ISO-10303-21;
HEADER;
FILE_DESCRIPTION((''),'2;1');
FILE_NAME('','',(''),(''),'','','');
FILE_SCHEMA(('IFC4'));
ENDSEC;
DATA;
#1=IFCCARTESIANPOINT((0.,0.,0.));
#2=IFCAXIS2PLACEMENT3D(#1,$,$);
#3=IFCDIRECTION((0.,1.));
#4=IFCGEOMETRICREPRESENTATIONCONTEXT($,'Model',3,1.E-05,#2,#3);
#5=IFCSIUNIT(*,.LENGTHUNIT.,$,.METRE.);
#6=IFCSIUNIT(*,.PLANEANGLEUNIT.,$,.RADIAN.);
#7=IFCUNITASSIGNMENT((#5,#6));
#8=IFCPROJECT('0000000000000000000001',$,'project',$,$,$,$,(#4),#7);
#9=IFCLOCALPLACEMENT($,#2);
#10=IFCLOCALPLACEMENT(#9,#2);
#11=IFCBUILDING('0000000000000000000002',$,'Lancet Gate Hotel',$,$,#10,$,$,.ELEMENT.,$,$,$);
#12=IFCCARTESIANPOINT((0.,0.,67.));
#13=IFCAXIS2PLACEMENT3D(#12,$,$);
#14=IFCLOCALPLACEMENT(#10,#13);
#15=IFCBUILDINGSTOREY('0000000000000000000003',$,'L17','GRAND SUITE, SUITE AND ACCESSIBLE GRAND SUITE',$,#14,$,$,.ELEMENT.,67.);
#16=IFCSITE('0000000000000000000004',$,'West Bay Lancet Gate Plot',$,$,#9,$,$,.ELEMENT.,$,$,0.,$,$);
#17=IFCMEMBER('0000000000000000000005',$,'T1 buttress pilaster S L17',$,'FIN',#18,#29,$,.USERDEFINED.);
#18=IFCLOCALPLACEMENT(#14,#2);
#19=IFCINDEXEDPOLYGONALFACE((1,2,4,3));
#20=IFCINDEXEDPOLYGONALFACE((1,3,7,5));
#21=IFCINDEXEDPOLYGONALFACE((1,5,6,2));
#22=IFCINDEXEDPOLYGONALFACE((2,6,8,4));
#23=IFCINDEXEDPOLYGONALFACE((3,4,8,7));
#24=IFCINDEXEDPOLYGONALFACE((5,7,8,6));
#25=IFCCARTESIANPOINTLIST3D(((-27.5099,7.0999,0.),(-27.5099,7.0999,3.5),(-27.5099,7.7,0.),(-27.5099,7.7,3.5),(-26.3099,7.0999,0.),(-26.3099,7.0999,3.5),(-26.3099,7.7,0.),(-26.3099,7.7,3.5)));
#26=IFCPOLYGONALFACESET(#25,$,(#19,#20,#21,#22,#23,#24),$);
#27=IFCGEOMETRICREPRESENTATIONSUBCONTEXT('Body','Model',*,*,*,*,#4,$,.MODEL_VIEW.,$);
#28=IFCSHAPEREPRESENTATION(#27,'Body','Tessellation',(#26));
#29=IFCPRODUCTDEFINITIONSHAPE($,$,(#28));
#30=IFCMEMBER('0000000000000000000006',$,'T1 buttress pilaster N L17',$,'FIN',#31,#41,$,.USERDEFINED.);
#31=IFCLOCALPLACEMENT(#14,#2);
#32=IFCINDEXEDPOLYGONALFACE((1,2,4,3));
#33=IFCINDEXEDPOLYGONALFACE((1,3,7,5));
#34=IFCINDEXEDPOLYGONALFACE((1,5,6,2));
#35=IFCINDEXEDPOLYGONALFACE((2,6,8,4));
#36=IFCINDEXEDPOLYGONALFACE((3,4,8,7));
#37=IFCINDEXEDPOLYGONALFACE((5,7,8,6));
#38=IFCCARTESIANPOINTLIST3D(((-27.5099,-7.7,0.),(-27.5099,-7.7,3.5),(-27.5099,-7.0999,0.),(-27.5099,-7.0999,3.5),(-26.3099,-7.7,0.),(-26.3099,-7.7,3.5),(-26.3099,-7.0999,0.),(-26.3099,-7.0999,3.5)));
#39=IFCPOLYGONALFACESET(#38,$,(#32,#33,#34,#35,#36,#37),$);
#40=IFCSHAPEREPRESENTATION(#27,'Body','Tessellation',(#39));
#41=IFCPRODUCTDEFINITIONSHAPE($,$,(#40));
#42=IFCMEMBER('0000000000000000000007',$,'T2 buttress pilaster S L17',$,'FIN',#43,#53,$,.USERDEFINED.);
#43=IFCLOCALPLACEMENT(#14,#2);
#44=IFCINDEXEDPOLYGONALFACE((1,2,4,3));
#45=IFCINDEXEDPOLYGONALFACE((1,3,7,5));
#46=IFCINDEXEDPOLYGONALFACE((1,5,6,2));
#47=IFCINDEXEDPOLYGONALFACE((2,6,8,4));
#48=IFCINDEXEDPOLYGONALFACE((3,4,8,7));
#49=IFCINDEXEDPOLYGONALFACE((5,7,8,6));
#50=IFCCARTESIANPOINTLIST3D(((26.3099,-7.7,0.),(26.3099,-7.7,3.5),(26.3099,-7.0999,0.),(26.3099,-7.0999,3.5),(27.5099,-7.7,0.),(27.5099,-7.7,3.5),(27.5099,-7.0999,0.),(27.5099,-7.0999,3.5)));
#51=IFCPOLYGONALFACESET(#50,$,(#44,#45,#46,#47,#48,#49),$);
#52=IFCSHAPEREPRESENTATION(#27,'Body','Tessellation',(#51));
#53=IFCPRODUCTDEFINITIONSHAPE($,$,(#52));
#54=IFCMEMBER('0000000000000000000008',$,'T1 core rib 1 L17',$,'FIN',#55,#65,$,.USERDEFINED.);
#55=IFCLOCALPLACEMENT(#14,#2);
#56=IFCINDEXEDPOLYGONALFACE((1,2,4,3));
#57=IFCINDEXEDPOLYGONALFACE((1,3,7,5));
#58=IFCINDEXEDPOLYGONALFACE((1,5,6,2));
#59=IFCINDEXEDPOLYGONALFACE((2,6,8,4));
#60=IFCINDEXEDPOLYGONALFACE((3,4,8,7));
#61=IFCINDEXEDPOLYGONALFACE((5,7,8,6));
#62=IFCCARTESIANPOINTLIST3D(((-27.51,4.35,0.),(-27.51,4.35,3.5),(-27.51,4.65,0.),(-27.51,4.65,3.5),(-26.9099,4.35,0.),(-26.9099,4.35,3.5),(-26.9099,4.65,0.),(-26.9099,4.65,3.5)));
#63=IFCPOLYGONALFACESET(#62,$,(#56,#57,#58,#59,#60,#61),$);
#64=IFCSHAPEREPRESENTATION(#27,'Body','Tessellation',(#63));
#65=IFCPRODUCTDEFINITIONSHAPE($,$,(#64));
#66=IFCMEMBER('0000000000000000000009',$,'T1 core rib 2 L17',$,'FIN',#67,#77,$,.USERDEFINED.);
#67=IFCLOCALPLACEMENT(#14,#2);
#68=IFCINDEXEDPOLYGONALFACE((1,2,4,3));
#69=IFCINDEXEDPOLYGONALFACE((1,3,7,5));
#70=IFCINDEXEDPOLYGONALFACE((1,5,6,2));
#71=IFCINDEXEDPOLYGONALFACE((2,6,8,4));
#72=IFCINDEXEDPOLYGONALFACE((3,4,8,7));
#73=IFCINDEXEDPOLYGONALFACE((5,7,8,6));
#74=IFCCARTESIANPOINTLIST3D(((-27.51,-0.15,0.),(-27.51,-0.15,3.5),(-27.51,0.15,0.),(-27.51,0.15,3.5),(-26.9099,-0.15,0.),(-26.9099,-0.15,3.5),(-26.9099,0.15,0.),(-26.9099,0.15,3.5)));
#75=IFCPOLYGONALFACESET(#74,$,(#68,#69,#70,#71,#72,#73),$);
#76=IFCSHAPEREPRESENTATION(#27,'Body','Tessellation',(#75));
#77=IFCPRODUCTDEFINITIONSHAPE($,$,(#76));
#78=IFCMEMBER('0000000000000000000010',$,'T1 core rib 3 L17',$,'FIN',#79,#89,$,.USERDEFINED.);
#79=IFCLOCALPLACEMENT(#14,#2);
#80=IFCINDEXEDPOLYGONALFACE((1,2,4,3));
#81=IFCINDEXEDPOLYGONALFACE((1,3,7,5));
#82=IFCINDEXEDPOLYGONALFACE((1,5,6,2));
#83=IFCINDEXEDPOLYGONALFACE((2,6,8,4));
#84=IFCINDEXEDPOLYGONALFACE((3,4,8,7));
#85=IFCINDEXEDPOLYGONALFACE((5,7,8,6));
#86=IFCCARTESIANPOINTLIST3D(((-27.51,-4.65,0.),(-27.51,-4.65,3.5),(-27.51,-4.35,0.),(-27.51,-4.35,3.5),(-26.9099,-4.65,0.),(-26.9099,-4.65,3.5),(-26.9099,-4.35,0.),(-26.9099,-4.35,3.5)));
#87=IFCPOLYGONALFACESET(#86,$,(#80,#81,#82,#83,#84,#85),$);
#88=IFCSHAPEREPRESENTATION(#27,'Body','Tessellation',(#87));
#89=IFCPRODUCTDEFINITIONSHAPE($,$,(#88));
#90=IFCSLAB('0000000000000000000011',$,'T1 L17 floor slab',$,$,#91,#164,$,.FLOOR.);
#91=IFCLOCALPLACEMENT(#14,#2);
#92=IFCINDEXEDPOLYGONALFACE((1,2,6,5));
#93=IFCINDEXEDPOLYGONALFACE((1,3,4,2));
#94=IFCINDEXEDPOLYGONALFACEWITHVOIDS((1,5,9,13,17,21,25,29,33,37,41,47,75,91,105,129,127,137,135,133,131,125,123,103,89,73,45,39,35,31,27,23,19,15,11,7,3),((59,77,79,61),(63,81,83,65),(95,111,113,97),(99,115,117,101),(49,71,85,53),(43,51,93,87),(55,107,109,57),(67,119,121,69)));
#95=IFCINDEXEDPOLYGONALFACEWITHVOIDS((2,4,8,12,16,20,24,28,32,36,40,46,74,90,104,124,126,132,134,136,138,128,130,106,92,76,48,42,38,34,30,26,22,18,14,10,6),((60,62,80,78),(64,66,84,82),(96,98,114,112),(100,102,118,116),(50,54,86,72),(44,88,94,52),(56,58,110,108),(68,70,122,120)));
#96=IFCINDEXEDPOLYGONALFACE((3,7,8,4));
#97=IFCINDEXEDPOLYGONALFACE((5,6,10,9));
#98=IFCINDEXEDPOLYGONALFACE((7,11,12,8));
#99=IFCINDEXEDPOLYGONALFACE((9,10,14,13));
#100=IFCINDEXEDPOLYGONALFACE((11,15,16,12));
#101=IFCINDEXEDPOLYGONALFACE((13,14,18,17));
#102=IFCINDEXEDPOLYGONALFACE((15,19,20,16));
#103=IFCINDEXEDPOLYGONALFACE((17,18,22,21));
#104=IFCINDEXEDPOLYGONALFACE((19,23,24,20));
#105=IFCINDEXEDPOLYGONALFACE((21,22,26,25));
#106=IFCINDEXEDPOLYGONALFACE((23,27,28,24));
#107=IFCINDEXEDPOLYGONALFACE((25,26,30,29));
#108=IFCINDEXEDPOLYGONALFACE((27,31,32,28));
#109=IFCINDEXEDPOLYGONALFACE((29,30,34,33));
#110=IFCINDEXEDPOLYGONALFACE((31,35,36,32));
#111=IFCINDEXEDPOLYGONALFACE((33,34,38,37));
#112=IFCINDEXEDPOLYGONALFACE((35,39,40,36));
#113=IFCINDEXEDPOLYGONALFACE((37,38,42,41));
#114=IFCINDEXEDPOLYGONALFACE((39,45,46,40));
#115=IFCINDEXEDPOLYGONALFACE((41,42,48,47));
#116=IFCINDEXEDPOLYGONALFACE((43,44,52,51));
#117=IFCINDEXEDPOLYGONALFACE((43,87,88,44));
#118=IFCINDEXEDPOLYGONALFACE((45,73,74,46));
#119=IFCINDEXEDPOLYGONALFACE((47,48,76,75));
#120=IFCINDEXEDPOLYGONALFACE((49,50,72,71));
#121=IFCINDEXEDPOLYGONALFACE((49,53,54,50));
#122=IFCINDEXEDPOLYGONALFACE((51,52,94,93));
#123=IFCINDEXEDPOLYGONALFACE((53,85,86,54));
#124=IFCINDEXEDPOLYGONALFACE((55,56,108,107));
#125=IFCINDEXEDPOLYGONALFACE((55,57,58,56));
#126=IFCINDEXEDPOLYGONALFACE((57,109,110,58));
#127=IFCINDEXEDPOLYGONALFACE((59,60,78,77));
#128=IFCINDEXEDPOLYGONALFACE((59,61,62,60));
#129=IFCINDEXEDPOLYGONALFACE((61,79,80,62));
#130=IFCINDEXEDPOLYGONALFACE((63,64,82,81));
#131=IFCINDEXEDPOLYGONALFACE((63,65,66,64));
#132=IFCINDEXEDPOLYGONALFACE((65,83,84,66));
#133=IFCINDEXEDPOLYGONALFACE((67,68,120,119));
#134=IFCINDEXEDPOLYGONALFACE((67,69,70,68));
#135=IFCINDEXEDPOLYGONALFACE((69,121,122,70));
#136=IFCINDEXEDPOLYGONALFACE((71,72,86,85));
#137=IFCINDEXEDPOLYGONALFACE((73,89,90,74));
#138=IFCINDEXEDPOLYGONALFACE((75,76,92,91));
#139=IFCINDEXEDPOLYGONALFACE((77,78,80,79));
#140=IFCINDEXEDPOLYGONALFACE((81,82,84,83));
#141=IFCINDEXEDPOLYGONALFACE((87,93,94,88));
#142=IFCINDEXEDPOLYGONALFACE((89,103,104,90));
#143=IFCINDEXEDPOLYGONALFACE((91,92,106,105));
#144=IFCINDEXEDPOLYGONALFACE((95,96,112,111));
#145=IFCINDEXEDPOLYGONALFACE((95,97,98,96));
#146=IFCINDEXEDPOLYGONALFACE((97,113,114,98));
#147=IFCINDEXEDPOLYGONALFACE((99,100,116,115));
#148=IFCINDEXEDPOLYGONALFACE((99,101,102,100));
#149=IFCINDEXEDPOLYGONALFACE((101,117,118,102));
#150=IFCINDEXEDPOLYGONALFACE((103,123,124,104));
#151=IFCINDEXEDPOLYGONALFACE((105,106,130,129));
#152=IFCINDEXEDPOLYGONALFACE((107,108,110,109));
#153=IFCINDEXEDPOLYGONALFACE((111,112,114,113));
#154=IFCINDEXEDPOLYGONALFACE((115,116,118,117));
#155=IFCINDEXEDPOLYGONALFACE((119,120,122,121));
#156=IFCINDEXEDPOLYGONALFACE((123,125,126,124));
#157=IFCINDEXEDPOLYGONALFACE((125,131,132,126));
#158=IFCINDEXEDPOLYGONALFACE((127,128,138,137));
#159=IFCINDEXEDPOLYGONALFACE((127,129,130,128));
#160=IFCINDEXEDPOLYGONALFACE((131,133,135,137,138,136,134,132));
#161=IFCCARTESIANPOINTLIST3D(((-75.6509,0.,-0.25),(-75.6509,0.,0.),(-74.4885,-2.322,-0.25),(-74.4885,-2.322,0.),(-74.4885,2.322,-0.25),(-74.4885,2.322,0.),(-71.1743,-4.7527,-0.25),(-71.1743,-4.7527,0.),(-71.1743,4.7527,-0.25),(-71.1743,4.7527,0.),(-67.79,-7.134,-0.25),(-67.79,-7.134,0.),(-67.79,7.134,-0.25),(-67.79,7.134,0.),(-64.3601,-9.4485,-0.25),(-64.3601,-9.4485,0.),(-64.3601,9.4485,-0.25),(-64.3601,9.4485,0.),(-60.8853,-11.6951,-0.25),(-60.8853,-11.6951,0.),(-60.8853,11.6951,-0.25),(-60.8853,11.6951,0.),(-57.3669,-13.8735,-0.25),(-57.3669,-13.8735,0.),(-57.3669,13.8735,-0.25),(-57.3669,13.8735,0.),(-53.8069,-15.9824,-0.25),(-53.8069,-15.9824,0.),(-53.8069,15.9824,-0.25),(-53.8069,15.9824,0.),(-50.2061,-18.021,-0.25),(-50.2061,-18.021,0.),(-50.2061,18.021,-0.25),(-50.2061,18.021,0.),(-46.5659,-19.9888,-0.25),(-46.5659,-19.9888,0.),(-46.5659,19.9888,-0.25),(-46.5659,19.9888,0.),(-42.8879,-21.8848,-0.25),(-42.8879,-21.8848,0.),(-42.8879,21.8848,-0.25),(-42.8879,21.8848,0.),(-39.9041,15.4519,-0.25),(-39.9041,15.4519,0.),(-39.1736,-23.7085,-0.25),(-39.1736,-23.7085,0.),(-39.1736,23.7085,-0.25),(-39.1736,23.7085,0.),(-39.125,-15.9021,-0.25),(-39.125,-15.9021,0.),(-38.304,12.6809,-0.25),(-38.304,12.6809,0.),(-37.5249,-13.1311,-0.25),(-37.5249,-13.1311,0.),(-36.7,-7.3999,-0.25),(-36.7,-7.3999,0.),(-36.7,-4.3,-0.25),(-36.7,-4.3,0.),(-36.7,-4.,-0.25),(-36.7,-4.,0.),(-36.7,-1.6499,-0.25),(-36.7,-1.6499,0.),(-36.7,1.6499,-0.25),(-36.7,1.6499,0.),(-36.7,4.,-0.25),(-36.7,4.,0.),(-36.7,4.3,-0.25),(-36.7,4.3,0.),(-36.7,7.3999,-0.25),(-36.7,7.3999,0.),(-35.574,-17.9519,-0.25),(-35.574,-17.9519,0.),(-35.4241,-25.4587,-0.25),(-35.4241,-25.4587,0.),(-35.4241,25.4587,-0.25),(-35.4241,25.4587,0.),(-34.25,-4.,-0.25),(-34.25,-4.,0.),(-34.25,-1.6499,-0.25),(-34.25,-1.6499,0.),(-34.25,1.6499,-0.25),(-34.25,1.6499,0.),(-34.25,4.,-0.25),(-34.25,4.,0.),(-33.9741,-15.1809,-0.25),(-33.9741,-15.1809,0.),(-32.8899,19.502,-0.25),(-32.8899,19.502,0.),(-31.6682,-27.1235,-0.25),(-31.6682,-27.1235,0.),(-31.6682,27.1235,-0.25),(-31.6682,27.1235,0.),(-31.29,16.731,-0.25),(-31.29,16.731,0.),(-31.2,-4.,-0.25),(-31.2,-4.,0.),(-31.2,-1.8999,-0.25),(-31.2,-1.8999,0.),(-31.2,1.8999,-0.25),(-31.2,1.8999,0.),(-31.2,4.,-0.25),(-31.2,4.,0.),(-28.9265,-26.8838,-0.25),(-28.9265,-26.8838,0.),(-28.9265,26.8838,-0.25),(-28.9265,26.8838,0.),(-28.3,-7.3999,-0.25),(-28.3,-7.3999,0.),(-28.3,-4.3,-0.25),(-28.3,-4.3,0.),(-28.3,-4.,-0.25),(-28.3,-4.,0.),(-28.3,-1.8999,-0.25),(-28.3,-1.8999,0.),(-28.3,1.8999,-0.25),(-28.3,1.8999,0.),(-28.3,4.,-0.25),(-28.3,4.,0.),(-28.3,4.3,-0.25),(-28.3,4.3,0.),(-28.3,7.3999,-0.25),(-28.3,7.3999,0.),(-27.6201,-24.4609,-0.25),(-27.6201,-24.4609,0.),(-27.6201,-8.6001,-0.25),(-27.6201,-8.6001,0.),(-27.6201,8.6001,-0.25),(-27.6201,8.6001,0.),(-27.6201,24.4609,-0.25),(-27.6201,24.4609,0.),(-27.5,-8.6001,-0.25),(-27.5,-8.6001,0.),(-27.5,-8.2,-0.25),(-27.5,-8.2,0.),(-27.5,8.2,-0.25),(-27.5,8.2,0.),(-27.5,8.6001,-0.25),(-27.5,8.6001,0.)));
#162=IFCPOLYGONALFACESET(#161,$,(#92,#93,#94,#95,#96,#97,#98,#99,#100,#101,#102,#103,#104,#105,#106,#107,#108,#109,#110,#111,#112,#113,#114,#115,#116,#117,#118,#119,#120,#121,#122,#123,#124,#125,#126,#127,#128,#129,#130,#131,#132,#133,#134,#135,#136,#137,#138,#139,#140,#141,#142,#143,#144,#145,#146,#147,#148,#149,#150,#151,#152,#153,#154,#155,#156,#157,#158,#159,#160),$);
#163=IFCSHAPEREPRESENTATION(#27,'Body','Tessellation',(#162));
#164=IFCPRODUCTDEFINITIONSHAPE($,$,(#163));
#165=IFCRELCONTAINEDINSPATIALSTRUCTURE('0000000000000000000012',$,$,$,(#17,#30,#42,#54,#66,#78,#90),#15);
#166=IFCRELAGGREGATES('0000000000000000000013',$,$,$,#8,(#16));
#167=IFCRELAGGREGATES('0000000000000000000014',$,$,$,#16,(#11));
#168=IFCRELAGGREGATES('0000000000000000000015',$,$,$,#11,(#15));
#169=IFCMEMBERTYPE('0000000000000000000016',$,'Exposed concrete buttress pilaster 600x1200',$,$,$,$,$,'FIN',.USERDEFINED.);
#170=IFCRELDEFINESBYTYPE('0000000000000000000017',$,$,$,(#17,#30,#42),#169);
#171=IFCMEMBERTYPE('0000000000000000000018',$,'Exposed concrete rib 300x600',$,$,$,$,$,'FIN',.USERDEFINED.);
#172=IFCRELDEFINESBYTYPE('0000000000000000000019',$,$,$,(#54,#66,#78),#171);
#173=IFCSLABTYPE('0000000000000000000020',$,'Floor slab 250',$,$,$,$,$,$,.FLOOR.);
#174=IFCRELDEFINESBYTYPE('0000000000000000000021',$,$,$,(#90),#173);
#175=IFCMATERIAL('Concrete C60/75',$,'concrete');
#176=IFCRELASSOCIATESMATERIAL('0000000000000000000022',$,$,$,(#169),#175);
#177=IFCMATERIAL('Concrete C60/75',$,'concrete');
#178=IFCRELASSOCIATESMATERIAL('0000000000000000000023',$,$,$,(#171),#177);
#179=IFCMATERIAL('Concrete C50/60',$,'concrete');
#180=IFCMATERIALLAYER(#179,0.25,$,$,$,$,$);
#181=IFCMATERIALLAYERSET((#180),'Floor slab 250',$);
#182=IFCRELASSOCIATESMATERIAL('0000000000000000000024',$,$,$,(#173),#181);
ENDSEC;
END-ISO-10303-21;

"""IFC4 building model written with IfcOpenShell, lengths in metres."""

from ifc_helpers import new_model, si_unit, direction, frame, origin, origin_2d, place, context, subcontext, project, spatial, polyline, rectangle, outline, extrude, material, layer, layer_set, material_profile, profile_set, type_object, element, save


model = new_model("IFC4")

# Units and contexts
model_context = context("Model", 3, precision=1e-05, world=origin(), true_north=direction((0.0, 1.0)))
body_context = subcontext(model_context, "Body", "Model", "MODEL_VIEW")
ifc_project = project(units=[si_unit("LENGTHUNIT", "METRE"), si_unit("PLANEANGLEUNIT", "RADIAN")], contexts=[model_context])

# Site, building, storey
site_placement = place(None, origin())
site = spatial("IfcSite", under=ifc_project, at=site_placement, Name="West Bay Lancet Gate Plot", CompositionType="ELEMENT", RefElevation=0.0)
building_placement = place(site_placement, origin())
building = spatial("IfcBuilding", under=site, at=building_placement, Name="Lancet Gate Hotel", CompositionType="ELEMENT")
storey_placement = place(building_placement, frame((0.0, 0.0, 67.0)))
storey = spatial("IfcBuildingStorey", under=building, at=storey_placement, Name="L17", Description="GRAND SUITE, SUITE AND ACCESSIBLE GRAND SUITE", CompositionType="ELEMENT", Elevation=67.0)

# Members
ifc_material_1 = material(Name="Concrete C60/75", Category="concrete")
ifc_material_profile_1 = material_profile(ifc_material_1, rectangle(XDim=0.6001, YDim=1.2, at=origin_2d()), Name="FIN 600x1200")
ifc_profile_set_1 = profile_set([ifc_material_profile_1], Name="Concrete C60/75")
member_type_1 = type_object("IfcMemberType", Name="Exposed concrete buttress pilaster 600x1200", ElementType="FIN", PredefinedType="USERDEFINED", material=ifc_profile_set_1)
for number, where, z_axis, x_axis, name in (
    (1, (-26.9099, 7.3999, 0.0), (0.0, 0.0, 1.0), (0.0, 1.0, 0.0), "T1 buttress pilaster S L17"),
    (2, (-26.9099, -7.3999, 0.0), (0.0, 0.0, 1.0), (0.0, 1.0, 0.0), "T1 buttress pilaster N L17"),
    (3, (26.9099, -7.3999, 0.0), (0.0, 0.0, 1.0), (0.0, 1.0, 0.0), "T2 buttress pilaster S L17"),
):
    element("IfcMember", number, at=place(storey_placement, frame(where, z_axis=z_axis, x_axis=x_axis)), inside=storey, type_object=member_type_1, Name=name, ObjectType="FIN", PredefinedType="USERDEFINED", context=body_context, shape_type="SweptSolid", body=[
        extrude(rectangle(XDim=0.6001, YDim=1.2, at=origin_2d()), origin(), (0.0, 0.0, 1.0), 3.5),
    ])
ifc_material_2 = material(Name="Concrete C60/75", Category="concrete")
ifc_material_profile_2 = material_profile(ifc_material_2, rectangle(XDim=0.3, YDim=0.6001, at=origin_2d()), Name="FIN 300x600")
ifc_profile_set_2 = profile_set([ifc_material_profile_2], Name="Concrete C60/75")
member_type_2 = type_object("IfcMemberType", Name="Exposed concrete rib 300x600", ElementType="FIN", PredefinedType="USERDEFINED", material=ifc_profile_set_2)
for number, where, z_axis, x_axis, name in (
    (4, (-27.21, 4.5, 0.0), (0.0, 0.0, 1.0), (0.0, 1.0, 0.0), "T1 core rib 1 L17"),
    (5, (-27.21, 0.0, 0.0), (0.0, 0.0, 1.0), (0.0, 1.0, 0.0), "T1 core rib 2 L17"),
    (6, (-27.21, -4.5, 0.0), (0.0, 0.0, 1.0), (0.0, 1.0, 0.0), "T1 core rib 3 L17"),
):
    element("IfcMember", number, at=place(storey_placement, frame(where, z_axis=z_axis, x_axis=x_axis)), inside=storey, type_object=member_type_2, Name=name, ObjectType="FIN", PredefinedType="USERDEFINED", context=body_context, shape_type="SweptSolid", body=[
        extrude(rectangle(XDim=0.3, YDim=0.6001, at=origin_2d()), origin(), (0.0, 0.0, 1.0), 3.5),
    ])

# Slab
ifc_material_3 = material(Name="Concrete C50/60", Category="concrete")
ifc_layer_1 = layer(ifc_material_3, 0.25)
ifc_layer_set_1 = layer_set([ifc_layer_1], Name="Floor slab 250")
slab_type_1 = type_object("IfcSlabType", Name="Floor slab 250", PredefinedType="FLOOR", material=ifc_layer_set_1)
slab_1_placement = place(storey_placement, frame((0.0, 0.0, -0.25)))
element("IfcSlab", 7, at=slab_1_placement, inside=storey, type_object=slab_type_1, Name="T1 L17 floor slab", PredefinedType="FLOOR", context=body_context, shape_type="SweptSolid", body=[
    extrude(outline(polyline([(-27.5, 8.6001), (-27.6201, 8.6001), (-27.6201, 24.4609), (-28.9265, 26.8838), (-31.6682, 27.1235), (-35.4241, 25.4587), (-39.1736, 23.7085), (-42.8879, 21.8848), (-46.5659, 19.9888), (-50.2061, 18.021), (-53.8069, 15.9824), (-57.3669, 13.8735), (-60.8853, 11.6951), (-64.3601, 9.4485), (-67.79, 7.134), (-71.1743, 4.7527), (-74.4885, 2.322), (-75.6509, 0.0), (-74.4885, -2.322), (-71.1743, -4.7527), (-67.79, -7.134), (-64.3601, -9.4485), (-60.8853, -11.6951), (-57.3669, -13.8735), (-53.8069, -15.9824), (-50.2061, -18.021), (-46.5659, -19.9888), (-42.8879, -21.8848), (-39.1736, -23.7085), (-35.4241, -25.4587), (-31.6682, -27.1235), (-28.9265, -26.8838), (-27.6201, -24.4609), (-27.6201, -8.6001), (-27.5, -8.6001), (-27.5, -8.2), (-27.5, 8.2), (-27.5, 8.6001)]), holes=[polyline([(-36.7, 7.3999), (-36.7, 4.3), (-28.3, 4.3), (-28.3, 7.3999), (-36.7, 7.3999)]), polyline([(-28.3, 4.0), (-31.2, 4.0), (-31.2, 1.8999), (-28.3, 1.8999), (-28.3, 4.0)]), polyline([(-34.25, 4.0), (-36.7, 4.0), (-36.7, 1.6499), (-34.25, 1.6499), (-34.25, 4.0)]), polyline([(-36.7, -1.6499), (-36.7, -4.0), (-34.25, -4.0), (-34.25, -1.6499), (-36.7, -1.6499)]), polyline([(-28.3, -1.8999), (-31.2, -1.8999), (-31.2, -4.0), (-28.3, -4.0), (-28.3, -1.8999)]), polyline([(-28.3, -4.3), (-36.7, -4.3), (-36.7, -7.3999), (-28.3, -7.3999), (-28.3, -4.3)]), polyline([(-31.29, 16.731), (-32.8899, 19.502), (-39.9041, 15.4519), (-38.304, 12.6809), (-31.29, 16.731)]), polyline([(-33.9741, -15.1809), (-37.5249, -13.1311), (-39.125, -15.9021), (-35.574, -17.9519), (-33.9741, -15.1809)])]), origin(), (0.0, 0.0, 1.0), 0.25),
])

save(model, "model.ifc")
